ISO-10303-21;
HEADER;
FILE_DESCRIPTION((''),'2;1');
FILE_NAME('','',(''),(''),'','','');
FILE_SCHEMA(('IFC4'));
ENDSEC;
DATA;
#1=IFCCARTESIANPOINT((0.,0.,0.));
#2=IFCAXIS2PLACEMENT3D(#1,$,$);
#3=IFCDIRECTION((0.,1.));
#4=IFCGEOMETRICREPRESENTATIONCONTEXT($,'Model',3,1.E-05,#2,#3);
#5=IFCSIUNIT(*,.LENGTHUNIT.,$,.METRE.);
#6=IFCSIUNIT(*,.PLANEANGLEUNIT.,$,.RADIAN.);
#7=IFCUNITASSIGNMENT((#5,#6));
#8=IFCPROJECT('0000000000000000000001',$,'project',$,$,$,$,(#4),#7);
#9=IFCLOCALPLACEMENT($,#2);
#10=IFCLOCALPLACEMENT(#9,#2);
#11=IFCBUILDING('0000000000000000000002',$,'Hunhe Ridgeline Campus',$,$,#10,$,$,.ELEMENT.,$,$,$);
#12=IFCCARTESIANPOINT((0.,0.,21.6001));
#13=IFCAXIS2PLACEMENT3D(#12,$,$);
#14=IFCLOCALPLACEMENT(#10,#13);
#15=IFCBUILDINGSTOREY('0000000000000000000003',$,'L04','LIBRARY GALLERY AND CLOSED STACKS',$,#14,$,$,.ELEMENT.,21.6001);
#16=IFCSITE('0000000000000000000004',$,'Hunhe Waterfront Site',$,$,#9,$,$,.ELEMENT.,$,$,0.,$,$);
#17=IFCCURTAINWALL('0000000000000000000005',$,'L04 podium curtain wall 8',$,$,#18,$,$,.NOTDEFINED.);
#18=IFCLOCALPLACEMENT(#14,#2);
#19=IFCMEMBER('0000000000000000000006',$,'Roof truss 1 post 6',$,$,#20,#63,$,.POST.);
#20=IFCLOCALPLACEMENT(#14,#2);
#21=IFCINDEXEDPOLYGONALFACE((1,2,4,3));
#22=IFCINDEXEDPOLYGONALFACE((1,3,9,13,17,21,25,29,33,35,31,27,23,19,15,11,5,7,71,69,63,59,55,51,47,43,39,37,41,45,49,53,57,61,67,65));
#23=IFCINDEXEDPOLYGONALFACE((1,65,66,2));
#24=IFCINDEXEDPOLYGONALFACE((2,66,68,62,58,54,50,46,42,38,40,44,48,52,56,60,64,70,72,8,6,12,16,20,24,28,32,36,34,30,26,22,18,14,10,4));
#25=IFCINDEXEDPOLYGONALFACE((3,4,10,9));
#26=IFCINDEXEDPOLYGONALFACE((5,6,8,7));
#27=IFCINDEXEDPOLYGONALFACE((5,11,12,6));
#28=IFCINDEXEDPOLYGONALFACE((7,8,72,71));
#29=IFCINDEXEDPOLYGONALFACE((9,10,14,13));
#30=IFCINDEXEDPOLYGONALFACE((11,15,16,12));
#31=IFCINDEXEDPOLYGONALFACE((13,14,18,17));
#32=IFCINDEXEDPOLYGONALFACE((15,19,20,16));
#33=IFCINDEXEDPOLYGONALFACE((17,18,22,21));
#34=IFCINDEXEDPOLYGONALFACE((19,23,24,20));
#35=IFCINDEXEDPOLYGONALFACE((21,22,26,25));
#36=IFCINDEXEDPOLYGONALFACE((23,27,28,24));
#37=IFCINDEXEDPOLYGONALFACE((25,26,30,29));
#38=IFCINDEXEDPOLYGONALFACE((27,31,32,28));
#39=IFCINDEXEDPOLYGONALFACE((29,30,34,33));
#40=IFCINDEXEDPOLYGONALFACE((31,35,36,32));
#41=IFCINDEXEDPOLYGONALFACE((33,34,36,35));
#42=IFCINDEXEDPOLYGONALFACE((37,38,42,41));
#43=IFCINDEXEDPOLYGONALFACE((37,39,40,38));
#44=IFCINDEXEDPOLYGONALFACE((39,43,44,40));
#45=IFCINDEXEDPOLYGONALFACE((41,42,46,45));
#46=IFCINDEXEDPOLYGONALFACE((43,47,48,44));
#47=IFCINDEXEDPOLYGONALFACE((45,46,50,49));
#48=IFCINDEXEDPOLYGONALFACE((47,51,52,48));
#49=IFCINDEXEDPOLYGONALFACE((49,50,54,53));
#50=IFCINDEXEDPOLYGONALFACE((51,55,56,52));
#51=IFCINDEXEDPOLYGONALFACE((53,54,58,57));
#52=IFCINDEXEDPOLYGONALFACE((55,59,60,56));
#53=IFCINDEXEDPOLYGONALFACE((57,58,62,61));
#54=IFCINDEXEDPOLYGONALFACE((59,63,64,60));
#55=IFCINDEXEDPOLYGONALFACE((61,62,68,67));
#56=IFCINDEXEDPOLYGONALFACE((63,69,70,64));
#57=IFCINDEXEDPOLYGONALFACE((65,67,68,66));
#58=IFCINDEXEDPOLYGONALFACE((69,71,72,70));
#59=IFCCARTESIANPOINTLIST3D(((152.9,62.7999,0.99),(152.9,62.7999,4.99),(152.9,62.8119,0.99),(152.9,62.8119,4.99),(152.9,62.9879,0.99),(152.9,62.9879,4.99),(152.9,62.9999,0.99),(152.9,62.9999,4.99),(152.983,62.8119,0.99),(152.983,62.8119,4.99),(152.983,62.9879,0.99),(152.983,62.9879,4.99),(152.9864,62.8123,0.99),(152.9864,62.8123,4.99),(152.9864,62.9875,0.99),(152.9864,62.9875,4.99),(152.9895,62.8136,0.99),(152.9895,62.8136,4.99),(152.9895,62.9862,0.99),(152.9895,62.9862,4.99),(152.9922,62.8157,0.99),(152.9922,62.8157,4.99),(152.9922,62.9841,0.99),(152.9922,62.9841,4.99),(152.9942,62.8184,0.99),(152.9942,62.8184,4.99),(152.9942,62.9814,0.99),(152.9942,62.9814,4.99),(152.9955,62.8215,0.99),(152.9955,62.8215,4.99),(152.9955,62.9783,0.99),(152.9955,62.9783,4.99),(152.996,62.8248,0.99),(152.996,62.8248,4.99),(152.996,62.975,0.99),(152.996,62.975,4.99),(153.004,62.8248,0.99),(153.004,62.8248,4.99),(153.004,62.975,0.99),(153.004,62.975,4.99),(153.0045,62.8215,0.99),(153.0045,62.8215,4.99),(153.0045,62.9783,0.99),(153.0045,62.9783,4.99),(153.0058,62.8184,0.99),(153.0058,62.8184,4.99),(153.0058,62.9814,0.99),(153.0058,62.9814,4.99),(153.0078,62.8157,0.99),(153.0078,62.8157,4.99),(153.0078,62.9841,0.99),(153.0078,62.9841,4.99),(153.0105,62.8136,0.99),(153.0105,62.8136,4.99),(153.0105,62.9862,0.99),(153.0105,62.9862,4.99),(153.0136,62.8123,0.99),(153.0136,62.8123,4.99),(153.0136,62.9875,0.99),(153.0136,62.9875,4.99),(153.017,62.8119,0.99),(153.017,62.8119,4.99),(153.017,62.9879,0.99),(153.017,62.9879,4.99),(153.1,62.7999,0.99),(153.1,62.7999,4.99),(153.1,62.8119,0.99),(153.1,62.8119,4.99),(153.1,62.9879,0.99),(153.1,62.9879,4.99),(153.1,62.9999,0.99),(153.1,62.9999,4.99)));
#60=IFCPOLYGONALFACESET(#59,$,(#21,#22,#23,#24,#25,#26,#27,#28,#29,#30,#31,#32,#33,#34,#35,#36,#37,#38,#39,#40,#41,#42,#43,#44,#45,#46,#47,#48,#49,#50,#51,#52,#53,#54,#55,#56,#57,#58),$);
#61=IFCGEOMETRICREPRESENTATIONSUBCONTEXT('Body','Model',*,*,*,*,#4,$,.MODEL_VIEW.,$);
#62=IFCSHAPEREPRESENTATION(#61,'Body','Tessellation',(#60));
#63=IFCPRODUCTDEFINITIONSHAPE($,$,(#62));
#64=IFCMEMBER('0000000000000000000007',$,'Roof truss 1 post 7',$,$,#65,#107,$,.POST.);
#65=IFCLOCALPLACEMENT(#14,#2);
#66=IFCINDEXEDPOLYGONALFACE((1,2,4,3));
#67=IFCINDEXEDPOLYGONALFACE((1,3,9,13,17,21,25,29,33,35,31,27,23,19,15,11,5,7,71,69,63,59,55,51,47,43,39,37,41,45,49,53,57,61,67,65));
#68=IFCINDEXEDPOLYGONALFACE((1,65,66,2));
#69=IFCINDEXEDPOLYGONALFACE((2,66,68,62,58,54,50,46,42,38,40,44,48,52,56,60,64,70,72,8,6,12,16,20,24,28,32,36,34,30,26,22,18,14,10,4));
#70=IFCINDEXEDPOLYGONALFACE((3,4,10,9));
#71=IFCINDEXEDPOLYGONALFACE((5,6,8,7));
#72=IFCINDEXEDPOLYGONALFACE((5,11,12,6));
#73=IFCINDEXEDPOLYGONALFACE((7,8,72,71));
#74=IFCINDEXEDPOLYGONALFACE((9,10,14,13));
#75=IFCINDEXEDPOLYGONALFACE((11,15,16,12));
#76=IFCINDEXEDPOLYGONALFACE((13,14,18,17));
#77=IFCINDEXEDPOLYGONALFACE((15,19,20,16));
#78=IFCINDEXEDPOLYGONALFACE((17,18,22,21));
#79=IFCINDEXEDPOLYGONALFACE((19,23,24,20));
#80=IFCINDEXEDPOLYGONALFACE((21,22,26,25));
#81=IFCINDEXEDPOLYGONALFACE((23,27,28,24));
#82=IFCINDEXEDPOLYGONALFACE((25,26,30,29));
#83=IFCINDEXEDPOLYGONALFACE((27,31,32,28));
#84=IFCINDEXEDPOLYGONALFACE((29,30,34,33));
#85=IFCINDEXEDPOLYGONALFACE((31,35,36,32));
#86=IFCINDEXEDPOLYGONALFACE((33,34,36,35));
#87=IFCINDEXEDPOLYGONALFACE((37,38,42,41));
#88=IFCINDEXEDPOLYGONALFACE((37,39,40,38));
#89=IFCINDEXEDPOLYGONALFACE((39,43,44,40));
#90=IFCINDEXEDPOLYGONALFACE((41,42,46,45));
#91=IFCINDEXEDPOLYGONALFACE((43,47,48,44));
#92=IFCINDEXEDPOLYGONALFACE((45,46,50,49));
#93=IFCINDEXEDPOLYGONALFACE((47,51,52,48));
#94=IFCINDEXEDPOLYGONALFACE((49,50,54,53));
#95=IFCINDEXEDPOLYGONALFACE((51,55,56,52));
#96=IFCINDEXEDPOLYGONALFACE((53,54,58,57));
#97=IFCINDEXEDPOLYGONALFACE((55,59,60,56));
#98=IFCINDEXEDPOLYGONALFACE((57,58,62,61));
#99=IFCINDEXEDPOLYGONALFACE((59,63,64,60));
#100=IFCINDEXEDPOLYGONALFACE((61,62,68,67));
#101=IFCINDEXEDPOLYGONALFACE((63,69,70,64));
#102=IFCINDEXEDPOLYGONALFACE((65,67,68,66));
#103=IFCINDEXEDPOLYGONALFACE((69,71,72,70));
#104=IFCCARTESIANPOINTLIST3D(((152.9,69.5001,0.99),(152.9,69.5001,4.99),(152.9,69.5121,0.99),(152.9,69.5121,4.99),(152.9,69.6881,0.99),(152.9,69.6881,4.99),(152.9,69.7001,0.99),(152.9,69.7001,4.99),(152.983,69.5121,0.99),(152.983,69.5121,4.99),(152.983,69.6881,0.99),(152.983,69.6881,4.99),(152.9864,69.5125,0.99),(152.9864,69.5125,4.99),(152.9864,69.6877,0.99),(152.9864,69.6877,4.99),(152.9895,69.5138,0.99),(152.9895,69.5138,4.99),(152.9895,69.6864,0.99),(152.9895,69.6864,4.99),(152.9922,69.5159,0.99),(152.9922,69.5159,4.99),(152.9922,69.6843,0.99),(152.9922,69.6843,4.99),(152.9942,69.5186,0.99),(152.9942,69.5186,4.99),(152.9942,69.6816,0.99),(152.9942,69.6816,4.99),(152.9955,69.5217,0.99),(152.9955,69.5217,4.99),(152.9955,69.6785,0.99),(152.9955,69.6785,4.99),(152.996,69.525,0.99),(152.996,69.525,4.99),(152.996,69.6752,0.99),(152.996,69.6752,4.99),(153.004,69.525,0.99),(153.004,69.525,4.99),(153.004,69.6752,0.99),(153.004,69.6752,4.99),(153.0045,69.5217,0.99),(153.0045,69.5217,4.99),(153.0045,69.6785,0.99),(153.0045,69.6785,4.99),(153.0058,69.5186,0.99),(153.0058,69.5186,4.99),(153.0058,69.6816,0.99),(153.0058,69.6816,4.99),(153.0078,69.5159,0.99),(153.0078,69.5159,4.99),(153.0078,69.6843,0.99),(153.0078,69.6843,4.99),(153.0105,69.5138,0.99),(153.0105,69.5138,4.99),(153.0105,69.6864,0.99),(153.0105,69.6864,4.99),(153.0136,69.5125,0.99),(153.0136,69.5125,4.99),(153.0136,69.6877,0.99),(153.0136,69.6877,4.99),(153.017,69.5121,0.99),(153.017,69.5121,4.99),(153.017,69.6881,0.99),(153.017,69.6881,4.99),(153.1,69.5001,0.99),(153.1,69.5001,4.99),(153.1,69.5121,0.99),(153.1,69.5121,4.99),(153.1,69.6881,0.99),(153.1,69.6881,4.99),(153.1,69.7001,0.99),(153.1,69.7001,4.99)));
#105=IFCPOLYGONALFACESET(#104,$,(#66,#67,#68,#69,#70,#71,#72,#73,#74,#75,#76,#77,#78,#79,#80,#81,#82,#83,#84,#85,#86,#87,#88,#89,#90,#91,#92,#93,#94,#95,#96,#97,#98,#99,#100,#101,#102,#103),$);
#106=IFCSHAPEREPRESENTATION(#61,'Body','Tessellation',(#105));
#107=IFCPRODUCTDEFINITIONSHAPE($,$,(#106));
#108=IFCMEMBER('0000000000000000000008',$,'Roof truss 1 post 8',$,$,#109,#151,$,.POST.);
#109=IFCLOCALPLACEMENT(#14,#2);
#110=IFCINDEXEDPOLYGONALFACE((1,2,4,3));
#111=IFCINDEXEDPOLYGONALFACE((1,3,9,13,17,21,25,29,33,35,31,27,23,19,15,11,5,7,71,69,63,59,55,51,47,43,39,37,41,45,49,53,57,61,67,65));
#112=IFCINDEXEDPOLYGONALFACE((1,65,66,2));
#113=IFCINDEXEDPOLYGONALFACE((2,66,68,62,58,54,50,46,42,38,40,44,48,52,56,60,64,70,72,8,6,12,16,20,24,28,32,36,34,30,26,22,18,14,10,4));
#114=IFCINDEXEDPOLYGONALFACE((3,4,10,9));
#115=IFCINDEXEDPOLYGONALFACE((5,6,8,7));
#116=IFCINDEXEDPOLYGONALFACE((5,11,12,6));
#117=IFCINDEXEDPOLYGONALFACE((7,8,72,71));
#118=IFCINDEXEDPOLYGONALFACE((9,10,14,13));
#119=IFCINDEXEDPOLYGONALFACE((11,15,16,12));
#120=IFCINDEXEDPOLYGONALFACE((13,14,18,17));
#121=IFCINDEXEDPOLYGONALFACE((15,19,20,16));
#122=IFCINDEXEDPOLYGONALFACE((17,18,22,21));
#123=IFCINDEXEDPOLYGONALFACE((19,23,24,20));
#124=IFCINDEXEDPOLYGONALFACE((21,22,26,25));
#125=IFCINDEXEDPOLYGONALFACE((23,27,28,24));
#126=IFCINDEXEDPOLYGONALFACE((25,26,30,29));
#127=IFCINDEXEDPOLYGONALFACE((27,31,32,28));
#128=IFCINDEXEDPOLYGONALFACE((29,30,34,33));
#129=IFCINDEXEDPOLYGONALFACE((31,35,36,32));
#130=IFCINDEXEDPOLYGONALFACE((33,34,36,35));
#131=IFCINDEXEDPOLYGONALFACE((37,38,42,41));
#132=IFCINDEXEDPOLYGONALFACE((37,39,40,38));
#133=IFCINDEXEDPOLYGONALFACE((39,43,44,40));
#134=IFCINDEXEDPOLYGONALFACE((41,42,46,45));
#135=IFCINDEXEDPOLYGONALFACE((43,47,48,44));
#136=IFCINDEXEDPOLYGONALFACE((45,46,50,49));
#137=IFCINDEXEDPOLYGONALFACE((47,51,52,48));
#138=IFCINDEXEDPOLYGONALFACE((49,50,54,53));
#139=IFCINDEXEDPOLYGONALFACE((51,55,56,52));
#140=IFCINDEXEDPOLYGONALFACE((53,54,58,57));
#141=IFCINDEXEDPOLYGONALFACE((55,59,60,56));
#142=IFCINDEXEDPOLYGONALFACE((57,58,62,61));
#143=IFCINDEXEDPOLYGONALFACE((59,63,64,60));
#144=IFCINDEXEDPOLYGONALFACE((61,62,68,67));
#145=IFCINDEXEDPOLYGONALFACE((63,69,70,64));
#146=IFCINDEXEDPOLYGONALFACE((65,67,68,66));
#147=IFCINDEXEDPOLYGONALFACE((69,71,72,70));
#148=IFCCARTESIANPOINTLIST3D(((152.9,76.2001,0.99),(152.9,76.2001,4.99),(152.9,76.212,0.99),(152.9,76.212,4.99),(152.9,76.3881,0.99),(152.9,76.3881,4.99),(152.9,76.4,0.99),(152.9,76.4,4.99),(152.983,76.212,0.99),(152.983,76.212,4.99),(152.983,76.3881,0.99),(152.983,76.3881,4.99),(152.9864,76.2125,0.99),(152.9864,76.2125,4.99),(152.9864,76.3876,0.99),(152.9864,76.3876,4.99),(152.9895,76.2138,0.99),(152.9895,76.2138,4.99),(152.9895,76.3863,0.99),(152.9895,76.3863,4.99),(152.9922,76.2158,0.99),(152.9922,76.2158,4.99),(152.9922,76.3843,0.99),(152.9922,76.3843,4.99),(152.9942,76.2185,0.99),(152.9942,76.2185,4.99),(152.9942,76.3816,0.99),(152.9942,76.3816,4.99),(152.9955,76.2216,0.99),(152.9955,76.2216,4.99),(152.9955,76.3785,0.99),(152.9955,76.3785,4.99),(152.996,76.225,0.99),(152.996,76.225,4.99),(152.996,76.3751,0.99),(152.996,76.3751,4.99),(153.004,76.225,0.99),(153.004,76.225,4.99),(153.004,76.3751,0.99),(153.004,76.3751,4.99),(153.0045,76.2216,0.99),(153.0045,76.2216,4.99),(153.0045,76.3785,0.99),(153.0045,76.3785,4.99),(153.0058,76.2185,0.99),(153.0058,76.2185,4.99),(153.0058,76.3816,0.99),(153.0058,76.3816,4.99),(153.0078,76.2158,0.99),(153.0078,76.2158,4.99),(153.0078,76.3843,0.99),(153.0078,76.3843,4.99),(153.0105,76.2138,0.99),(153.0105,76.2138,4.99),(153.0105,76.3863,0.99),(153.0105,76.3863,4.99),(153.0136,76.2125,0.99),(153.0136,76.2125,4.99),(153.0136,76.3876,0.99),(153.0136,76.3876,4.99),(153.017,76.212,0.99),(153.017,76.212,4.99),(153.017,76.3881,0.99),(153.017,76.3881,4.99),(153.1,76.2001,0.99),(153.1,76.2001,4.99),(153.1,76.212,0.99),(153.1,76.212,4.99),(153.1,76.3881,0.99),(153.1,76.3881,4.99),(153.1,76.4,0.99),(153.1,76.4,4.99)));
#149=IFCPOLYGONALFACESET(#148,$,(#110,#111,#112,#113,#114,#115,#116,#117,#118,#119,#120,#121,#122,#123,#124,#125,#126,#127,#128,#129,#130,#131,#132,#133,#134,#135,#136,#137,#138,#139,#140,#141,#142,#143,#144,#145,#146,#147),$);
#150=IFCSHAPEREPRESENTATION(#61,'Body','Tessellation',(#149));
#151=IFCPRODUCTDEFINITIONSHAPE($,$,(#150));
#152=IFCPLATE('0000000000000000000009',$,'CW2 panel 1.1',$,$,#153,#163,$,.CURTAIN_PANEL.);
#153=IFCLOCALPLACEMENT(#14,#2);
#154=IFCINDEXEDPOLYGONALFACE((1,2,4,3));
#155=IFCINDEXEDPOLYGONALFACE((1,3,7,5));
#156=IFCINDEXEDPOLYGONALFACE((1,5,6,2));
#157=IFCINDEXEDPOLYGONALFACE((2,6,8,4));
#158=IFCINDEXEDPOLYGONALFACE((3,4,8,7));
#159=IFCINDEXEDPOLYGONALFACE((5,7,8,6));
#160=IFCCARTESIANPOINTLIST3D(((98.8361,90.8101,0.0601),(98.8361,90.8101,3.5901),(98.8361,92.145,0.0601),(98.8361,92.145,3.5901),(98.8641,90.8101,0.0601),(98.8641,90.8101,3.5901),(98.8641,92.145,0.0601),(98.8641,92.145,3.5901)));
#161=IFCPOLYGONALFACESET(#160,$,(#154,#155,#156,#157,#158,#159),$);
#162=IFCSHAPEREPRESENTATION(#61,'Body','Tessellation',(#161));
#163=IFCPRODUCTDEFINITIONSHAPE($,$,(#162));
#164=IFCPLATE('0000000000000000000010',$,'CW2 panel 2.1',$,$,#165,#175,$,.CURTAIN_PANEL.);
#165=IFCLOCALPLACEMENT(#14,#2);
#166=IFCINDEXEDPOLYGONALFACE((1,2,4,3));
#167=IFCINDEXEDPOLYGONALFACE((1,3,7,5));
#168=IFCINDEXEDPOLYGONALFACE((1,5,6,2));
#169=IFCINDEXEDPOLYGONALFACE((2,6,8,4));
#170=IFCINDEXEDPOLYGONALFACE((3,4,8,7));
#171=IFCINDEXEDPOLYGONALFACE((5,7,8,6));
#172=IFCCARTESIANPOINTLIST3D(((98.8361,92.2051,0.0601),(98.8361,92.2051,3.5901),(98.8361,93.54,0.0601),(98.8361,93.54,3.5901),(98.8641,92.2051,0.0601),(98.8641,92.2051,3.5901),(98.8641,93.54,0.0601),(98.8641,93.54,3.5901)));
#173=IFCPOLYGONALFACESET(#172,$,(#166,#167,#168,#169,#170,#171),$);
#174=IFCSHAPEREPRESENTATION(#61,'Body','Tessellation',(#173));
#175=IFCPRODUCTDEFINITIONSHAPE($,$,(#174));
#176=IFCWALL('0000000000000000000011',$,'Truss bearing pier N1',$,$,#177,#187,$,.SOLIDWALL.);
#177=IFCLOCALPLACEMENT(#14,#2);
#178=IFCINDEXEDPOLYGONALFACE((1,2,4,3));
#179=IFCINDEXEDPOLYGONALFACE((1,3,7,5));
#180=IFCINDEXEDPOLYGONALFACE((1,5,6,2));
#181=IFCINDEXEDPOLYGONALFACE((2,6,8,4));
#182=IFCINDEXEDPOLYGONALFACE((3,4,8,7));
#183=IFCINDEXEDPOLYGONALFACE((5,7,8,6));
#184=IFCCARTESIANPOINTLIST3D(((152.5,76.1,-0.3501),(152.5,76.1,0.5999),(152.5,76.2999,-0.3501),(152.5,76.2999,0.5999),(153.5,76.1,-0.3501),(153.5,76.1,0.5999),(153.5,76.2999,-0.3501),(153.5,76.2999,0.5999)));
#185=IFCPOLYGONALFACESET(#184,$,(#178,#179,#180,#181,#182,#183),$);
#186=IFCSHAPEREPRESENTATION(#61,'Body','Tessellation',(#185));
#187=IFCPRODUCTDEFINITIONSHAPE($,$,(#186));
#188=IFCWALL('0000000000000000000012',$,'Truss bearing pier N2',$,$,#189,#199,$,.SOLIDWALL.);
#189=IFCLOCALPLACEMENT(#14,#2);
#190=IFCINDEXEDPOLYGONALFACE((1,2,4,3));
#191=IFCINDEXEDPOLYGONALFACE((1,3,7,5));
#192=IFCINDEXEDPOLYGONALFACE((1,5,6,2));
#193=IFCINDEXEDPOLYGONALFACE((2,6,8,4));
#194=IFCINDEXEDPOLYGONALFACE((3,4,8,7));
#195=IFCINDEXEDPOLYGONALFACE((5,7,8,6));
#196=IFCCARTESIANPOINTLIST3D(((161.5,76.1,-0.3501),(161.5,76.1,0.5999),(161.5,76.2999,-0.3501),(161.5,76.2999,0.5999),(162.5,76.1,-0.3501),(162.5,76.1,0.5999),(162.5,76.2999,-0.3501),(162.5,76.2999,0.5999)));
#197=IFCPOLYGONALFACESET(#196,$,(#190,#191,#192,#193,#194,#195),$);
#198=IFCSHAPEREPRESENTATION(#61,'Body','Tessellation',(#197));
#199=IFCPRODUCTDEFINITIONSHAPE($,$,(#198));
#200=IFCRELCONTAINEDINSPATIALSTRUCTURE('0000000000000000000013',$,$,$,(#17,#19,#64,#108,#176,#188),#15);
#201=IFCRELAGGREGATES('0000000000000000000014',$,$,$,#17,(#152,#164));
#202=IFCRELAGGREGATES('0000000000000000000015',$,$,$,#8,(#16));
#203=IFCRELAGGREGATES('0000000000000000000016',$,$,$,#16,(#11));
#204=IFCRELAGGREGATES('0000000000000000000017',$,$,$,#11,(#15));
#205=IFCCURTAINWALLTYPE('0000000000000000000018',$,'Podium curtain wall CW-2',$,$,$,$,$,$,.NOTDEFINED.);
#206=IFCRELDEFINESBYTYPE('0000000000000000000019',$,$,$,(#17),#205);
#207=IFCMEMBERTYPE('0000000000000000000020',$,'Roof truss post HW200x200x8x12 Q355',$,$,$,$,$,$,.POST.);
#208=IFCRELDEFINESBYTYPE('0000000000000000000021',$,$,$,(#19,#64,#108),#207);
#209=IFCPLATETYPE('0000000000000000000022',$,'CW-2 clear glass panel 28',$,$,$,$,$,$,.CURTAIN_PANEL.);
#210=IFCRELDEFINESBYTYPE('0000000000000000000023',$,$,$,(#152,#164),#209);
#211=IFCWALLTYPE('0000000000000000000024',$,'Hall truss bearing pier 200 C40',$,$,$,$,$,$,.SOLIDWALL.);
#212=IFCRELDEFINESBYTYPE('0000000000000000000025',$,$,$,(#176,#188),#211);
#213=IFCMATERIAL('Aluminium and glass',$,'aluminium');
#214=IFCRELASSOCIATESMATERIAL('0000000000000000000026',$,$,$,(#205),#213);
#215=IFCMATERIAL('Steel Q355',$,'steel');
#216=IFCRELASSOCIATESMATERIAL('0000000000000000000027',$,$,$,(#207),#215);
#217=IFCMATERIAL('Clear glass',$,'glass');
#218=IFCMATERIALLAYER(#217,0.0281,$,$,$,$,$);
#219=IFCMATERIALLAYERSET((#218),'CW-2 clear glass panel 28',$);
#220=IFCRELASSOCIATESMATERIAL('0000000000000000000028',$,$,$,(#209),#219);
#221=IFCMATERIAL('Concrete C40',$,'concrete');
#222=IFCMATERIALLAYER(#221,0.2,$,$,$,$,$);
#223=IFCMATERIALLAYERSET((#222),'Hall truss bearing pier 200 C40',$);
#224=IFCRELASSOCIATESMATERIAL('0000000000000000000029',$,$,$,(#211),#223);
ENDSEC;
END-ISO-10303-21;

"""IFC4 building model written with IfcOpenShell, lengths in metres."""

from ifc_helpers import new_model, si_unit, direction, frame, frame_2d, origin, origin_2d, place, context, subcontext, project, spatial, rectangle, i_section, extrude, material, layer, layer_set, material_profile, profile_set, type_object, element, aggregate, save


model = new_model("IFC4")

# Units and contexts
model_context = context("Model", 3, precision=1e-05, world=origin(), true_north=direction((0.0, 1.0)))
body_context = subcontext(model_context, "Body", "Model", "MODEL_VIEW")
ifc_project = project(units=[si_unit("LENGTHUNIT", "METRE"), si_unit("PLANEANGLEUNIT", "RADIAN")], contexts=[model_context])

# Site, building, storey
site_placement = place(None, origin())
site = spatial("IfcSite", under=ifc_project, at=site_placement, Name="Hunhe Waterfront Site", CompositionType="ELEMENT", RefElevation=0.0)
building_placement = place(site_placement, origin())
building = spatial("IfcBuilding", under=site, at=building_placement, Name="Hunhe Ridgeline Campus", CompositionType="ELEMENT")
storey_placement = place(building_placement, frame((0.0, 0.0, 21.6001)))
storey = spatial("IfcBuildingStorey", under=building, at=storey_placement, Name="L04", Description="LIBRARY GALLERY AND CLOSED STACKS", CompositionType="ELEMENT", Elevation=21.6001)

# Curtain wall
ifc_material_1 = material(Name="Aluminium and glass", Category="aluminium")
curtain_wall_type = type_object("IfcCurtainWallType", Name="Podium curtain wall CW-2", PredefinedType="NOTDEFINED", material=ifc_material_1)
curtain_wall_placement = place(storey_placement, origin())
curtain_wall = element("IfcCurtainWall", 1, at=curtain_wall_placement, inside=storey, type_object=curtain_wall_type, Name="L04 podium curtain wall 8", PredefinedType="NOTDEFINED")

# Members
ifc_material_2 = material(Name="Steel Q355", Category="steel")
ifc_material_profile_1 = material_profile(ifc_material_2, i_section(OverallWidth=0.2, OverallDepth=0.2, WebThickness=0.0081, FlangeThickness=0.012, FilletRadius=0.0129, at=origin_2d()))
ifc_profile_set_1 = profile_set([ifc_material_profile_1], Name="Steel Q355")
member_type_1 = type_object("IfcMemberType", Name="Roof truss post HW200x200x8x12 Q355", PredefinedType="POST", material=ifc_profile_set_1)
for number, where, z_axis, x_axis, name in (
    (2, (153.0, 62.8999, 0.99), (0.0, 0.0, 1.0), (1.0, 0.0, 0.0), "Roof truss 1 post 6"),
    (3, (153.0, 69.6001, 0.99), (0.0, 0.0, 1.0), (1.0, 0.0, 0.0), "Roof truss 1 post 7"),
    (4, (153.0, 76.3, 0.99), (0.0, 0.0, 1.0), (1.0, 0.0, 0.0), "Roof truss 1 post 8"),
):
    element("IfcMember", number, at=place(storey_placement, frame(where, z_axis=z_axis, x_axis=x_axis)), inside=storey, type_object=member_type_1, Name=name, PredefinedType="POST", context=body_context, shape_type="SweptSolid", body=[
        extrude(i_section(OverallWidth=0.2, OverallDepth=0.2, WebThickness=0.0081, FlangeThickness=0.012, FilletRadius=0.0129, at=origin_2d()), origin(), (0.0, 0.0, 1.0), 4.0),
    ])

# Plates
ifc_material_3 = material(Name="Clear glass", Category="glass")
ifc_layer_1 = layer(ifc_material_3, 0.0281)
ifc_layer_set_1 = layer_set([ifc_layer_1], Name="CW-2 clear glass panel 28")
plate_type = type_object("IfcPlateType", Name="CW-2 clear glass panel 28", PredefinedType="CURTAIN_PANEL", material=ifc_layer_set_1)
plate_1_placement = place(storey_placement, frame((98.8501, 91.4775, 0.0601), z_axis=(0.0, 0.0, 1.0), x_axis=(0.0, 1.0, 0.0)))
plate_1 = element("IfcPlate", 5, at=plate_1_placement, type_object=plate_type, Name="CW2 panel 1.1", PredefinedType="CURTAIN_PANEL", context=body_context, shape_type="SweptSolid", body=[
    extrude(rectangle(XDim=1.335, YDim=0.0281, at=origin_2d()), origin(), (0.0, 0.0, 1.0), 3.53),
])
plate_2_placement = place(storey_placement, frame((98.8501, 92.8726, 0.0601), z_axis=(0.0, 0.0, 1.0), x_axis=(0.0, 1.0, 0.0)))
plate_2 = element("IfcPlate", 6, at=plate_2_placement, type_object=plate_type, Name="CW2 panel 2.1", PredefinedType="CURTAIN_PANEL", context=body_context, shape_type="SweptSolid", body=[
    extrude(rectangle(XDim=1.335, YDim=0.0281, at=origin_2d()), origin(), (0.0, 0.0, 1.0), 3.53),
])
aggregate(curtain_wall, [plate_1, plate_2])

# Walls
ifc_material_4 = material(Name="Concrete C40", Category="concrete")
ifc_layer_2 = layer(ifc_material_4, 0.2)
ifc_layer_set_2 = layer_set([ifc_layer_2], Name="Hall truss bearing pier 200 C40")
wall_type = type_object("IfcWallType", Name="Hall truss bearing pier 200 C40", PredefinedType="SOLIDWALL", material=ifc_layer_set_2)
for number, where, z_axis, x_axis, name in (
    (7, (152.5, 76.2, -0.3501), (0.0, 0.0, 1.0), (1.0, 0.0, 0.0), "Truss bearing pier N1"),
    (8, (161.5, 76.2, -0.3501), (0.0, 0.0, 1.0), (1.0, 0.0, 0.0), "Truss bearing pier N2"),
):
    element("IfcWall", number, at=place(storey_placement, frame(where, z_axis=z_axis, x_axis=x_axis)), inside=storey, type_object=wall_type, Name=name, PredefinedType="SOLIDWALL", context=body_context, shape_type="SweptSolid", body=[
        extrude(rectangle(XDim=1.0, YDim=0.2, at=frame_2d((0.5, 0.0))), origin(), (0.0, 0.0, 1.0), 0.95),
    ])

save(model, "model.ifc")
